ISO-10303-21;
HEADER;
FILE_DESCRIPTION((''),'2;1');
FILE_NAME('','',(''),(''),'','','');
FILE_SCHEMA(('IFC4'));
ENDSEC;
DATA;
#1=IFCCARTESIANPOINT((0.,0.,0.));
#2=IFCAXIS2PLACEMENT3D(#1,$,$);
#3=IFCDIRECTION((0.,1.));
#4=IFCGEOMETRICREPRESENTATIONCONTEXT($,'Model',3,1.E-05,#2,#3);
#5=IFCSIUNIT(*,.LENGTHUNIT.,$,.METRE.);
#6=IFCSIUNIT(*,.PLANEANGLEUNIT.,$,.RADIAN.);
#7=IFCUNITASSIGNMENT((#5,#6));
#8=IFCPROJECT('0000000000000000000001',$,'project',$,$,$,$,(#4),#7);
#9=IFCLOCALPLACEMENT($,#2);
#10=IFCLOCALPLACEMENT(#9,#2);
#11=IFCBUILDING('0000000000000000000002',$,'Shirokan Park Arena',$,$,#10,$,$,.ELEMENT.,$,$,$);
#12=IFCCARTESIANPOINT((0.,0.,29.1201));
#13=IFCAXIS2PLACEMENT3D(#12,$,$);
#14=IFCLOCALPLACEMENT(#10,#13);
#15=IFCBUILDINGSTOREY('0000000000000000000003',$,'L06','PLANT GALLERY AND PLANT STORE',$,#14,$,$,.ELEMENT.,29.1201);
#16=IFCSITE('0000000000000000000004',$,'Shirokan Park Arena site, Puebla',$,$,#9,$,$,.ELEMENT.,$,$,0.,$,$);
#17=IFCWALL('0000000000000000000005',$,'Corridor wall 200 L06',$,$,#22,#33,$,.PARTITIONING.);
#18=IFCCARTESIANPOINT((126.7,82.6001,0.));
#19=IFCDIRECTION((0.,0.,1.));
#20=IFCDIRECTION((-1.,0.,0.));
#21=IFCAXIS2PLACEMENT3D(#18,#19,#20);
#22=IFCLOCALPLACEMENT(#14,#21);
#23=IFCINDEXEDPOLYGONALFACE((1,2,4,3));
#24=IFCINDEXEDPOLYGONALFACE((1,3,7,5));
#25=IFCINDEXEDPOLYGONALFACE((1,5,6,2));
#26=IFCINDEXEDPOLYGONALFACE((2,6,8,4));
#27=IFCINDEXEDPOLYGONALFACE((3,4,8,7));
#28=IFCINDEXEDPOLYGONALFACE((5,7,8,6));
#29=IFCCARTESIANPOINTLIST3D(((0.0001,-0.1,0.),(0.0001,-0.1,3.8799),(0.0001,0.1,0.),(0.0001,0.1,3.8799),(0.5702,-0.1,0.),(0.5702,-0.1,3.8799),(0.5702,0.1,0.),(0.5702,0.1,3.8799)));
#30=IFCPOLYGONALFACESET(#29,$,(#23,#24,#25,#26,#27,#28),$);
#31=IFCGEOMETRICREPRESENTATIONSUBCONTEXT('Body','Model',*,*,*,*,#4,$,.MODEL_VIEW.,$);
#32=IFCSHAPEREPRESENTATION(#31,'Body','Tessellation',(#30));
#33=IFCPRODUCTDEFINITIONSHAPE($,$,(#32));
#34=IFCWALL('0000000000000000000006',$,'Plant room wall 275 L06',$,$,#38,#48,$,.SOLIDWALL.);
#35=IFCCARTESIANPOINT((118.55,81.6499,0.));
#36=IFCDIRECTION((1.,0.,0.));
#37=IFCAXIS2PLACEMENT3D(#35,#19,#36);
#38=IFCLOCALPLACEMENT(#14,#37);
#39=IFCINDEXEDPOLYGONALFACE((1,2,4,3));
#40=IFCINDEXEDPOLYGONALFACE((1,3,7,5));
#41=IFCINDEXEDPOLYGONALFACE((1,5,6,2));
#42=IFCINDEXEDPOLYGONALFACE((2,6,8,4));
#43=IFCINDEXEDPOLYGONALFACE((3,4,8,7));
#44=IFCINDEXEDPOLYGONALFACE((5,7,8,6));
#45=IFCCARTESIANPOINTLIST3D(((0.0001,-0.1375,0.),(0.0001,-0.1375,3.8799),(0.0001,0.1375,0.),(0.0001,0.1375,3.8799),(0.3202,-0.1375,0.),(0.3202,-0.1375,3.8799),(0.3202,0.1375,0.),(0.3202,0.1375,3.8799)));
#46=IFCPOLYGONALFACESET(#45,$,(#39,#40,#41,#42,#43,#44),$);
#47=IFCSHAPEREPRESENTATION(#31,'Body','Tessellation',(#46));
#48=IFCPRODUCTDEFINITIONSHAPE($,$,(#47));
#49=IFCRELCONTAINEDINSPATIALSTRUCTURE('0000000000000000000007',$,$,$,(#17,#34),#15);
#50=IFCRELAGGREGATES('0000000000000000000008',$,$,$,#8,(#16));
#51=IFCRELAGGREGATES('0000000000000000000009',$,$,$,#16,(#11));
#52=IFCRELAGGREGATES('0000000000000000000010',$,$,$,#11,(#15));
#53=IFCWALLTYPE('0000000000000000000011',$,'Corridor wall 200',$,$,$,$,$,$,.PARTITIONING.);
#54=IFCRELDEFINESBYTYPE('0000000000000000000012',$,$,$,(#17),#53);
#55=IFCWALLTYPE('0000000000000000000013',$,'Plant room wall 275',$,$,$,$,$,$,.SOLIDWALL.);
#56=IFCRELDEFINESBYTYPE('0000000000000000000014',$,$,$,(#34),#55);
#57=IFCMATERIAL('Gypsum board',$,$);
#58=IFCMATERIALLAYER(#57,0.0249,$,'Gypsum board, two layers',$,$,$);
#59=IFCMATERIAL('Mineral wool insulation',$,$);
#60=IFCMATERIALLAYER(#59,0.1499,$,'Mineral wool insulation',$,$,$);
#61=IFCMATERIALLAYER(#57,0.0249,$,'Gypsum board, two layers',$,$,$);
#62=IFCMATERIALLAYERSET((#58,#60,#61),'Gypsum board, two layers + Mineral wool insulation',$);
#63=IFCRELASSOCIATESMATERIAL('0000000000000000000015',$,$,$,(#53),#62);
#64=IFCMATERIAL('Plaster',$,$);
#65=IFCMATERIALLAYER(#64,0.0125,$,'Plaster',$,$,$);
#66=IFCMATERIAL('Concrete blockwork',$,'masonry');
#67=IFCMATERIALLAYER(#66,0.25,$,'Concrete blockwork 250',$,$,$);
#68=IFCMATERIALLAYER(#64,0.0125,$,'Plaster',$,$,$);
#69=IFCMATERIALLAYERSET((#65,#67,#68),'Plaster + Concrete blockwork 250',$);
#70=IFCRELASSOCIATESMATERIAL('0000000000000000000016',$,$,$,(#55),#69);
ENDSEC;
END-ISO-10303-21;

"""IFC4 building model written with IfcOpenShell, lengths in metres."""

from ifc_helpers import new_model, si_unit, direction, frame, frame_2d, origin, place, context, subcontext, project, spatial, rectangle, extrude, material, layer, layer_set, type_object, element, save


model = new_model("IFC4")

# Units and contexts
model_context = context("Model", 3, precision=1e-05, world=origin(), true_north=direction((0.0, 1.0)))
body_context = subcontext(model_context, "Body", "Model", "MODEL_VIEW")
ifc_project = project(units=[si_unit("LENGTHUNIT", "METRE"), si_unit("PLANEANGLEUNIT", "RADIAN")], contexts=[model_context])

# Site, building, storey
site_placement = place(None, origin())
site = spatial("IfcSite", under=ifc_project, at=site_placement, Name="Shirokan Park Arena site, Puebla", CompositionType="ELEMENT", RefElevation=0.0)
building_placement = place(site_placement, origin())
building = spatial("IfcBuilding", under=site, at=building_placement, Name="Shirokan Park Arena", CompositionType="ELEMENT")
storey_placement = place(building_placement, frame((0.0, 0.0, 29.1201)))
storey = spatial("IfcBuildingStorey", under=building, at=storey_placement, Name="L06", Description="PLANT GALLERY AND PLANT STORE", CompositionType="ELEMENT", Elevation=29.1201)

# Walls
ifc_material_1 = material(Name="Gypsum board")
ifc_layer_1 = layer(ifc_material_1, 0.0249, Name="Gypsum board, two layers")
ifc_material_2 = material(Name="Mineral wool insulation")
ifc_layer_2 = layer(ifc_material_2, 0.1499, Name="Mineral wool insulation")
ifc_layer_3 = layer(ifc_material_1, 0.0249, Name="Gypsum board, two layers")
ifc_layer_set_1 = layer_set([ifc_layer_1, ifc_layer_2, ifc_layer_3], Name="Gypsum board, two layers + Mineral wool insulation")
wall_type_1 = type_object("IfcWallType", Name="Corridor wall 200", PredefinedType="PARTITIONING", material=ifc_layer_set_1)
wall_1_placement = place(storey_placement, frame((126.7, 82.6001, 0.0), z_axis=(0.0, 0.0, 1.0), x_axis=(-1.0, 0.0, 0.0)))
element("IfcWall", 1, at=wall_1_placement, inside=storey, type_object=wall_type_1, Name="Corridor wall 200 L06", PredefinedType="PARTITIONING", context=body_context, shape_type="SweptSolid", body=[
    extrude(rectangle(XDim=0.5701, YDim=0.2, at=frame_2d((0.2852, 0.0))), origin(), (0.0, 0.0, 1.0), 3.8799),
])
ifc_material_3 = material(Name="Plaster")
ifc_layer_4 = layer(ifc_material_3, 0.0125, Name="Plaster")
ifc_material_4 = material(Name="Concrete blockwork", Category="masonry")
ifc_layer_5 = layer(ifc_material_4, 0.25, Name="Concrete blockwork 250")
ifc_layer_6 = layer(ifc_material_3, 0.0125, Name="Plaster")
ifc_layer_set_2 = layer_set([ifc_layer_4, ifc_layer_5, ifc_layer_6], Name="Plaster + Concrete blockwork 250")
wall_type_2 = type_object("IfcWallType", Name="Plant room wall 275", PredefinedType="SOLIDWALL", material=ifc_layer_set_2)
wall_2_placement = place(storey_placement, frame((118.55, 81.6499, 0.0), z_axis=(0.0, 0.0, 1.0), x_axis=(1.0, 0.0, 0.0)))
element("IfcWall", 2, at=wall_2_placement, inside=storey, type_object=wall_type_2, Name="Plant room wall 275 L06", PredefinedType="SOLIDWALL", context=body_context, shape_type="SweptSolid", body=[
    extrude(rectangle(XDim=0.3201, YDim=0.2749, at=frame_2d((0.1602, 0.0))), origin(), (0.0, 0.0, 1.0), 3.8799),
])

save(model, "model.ifc")
